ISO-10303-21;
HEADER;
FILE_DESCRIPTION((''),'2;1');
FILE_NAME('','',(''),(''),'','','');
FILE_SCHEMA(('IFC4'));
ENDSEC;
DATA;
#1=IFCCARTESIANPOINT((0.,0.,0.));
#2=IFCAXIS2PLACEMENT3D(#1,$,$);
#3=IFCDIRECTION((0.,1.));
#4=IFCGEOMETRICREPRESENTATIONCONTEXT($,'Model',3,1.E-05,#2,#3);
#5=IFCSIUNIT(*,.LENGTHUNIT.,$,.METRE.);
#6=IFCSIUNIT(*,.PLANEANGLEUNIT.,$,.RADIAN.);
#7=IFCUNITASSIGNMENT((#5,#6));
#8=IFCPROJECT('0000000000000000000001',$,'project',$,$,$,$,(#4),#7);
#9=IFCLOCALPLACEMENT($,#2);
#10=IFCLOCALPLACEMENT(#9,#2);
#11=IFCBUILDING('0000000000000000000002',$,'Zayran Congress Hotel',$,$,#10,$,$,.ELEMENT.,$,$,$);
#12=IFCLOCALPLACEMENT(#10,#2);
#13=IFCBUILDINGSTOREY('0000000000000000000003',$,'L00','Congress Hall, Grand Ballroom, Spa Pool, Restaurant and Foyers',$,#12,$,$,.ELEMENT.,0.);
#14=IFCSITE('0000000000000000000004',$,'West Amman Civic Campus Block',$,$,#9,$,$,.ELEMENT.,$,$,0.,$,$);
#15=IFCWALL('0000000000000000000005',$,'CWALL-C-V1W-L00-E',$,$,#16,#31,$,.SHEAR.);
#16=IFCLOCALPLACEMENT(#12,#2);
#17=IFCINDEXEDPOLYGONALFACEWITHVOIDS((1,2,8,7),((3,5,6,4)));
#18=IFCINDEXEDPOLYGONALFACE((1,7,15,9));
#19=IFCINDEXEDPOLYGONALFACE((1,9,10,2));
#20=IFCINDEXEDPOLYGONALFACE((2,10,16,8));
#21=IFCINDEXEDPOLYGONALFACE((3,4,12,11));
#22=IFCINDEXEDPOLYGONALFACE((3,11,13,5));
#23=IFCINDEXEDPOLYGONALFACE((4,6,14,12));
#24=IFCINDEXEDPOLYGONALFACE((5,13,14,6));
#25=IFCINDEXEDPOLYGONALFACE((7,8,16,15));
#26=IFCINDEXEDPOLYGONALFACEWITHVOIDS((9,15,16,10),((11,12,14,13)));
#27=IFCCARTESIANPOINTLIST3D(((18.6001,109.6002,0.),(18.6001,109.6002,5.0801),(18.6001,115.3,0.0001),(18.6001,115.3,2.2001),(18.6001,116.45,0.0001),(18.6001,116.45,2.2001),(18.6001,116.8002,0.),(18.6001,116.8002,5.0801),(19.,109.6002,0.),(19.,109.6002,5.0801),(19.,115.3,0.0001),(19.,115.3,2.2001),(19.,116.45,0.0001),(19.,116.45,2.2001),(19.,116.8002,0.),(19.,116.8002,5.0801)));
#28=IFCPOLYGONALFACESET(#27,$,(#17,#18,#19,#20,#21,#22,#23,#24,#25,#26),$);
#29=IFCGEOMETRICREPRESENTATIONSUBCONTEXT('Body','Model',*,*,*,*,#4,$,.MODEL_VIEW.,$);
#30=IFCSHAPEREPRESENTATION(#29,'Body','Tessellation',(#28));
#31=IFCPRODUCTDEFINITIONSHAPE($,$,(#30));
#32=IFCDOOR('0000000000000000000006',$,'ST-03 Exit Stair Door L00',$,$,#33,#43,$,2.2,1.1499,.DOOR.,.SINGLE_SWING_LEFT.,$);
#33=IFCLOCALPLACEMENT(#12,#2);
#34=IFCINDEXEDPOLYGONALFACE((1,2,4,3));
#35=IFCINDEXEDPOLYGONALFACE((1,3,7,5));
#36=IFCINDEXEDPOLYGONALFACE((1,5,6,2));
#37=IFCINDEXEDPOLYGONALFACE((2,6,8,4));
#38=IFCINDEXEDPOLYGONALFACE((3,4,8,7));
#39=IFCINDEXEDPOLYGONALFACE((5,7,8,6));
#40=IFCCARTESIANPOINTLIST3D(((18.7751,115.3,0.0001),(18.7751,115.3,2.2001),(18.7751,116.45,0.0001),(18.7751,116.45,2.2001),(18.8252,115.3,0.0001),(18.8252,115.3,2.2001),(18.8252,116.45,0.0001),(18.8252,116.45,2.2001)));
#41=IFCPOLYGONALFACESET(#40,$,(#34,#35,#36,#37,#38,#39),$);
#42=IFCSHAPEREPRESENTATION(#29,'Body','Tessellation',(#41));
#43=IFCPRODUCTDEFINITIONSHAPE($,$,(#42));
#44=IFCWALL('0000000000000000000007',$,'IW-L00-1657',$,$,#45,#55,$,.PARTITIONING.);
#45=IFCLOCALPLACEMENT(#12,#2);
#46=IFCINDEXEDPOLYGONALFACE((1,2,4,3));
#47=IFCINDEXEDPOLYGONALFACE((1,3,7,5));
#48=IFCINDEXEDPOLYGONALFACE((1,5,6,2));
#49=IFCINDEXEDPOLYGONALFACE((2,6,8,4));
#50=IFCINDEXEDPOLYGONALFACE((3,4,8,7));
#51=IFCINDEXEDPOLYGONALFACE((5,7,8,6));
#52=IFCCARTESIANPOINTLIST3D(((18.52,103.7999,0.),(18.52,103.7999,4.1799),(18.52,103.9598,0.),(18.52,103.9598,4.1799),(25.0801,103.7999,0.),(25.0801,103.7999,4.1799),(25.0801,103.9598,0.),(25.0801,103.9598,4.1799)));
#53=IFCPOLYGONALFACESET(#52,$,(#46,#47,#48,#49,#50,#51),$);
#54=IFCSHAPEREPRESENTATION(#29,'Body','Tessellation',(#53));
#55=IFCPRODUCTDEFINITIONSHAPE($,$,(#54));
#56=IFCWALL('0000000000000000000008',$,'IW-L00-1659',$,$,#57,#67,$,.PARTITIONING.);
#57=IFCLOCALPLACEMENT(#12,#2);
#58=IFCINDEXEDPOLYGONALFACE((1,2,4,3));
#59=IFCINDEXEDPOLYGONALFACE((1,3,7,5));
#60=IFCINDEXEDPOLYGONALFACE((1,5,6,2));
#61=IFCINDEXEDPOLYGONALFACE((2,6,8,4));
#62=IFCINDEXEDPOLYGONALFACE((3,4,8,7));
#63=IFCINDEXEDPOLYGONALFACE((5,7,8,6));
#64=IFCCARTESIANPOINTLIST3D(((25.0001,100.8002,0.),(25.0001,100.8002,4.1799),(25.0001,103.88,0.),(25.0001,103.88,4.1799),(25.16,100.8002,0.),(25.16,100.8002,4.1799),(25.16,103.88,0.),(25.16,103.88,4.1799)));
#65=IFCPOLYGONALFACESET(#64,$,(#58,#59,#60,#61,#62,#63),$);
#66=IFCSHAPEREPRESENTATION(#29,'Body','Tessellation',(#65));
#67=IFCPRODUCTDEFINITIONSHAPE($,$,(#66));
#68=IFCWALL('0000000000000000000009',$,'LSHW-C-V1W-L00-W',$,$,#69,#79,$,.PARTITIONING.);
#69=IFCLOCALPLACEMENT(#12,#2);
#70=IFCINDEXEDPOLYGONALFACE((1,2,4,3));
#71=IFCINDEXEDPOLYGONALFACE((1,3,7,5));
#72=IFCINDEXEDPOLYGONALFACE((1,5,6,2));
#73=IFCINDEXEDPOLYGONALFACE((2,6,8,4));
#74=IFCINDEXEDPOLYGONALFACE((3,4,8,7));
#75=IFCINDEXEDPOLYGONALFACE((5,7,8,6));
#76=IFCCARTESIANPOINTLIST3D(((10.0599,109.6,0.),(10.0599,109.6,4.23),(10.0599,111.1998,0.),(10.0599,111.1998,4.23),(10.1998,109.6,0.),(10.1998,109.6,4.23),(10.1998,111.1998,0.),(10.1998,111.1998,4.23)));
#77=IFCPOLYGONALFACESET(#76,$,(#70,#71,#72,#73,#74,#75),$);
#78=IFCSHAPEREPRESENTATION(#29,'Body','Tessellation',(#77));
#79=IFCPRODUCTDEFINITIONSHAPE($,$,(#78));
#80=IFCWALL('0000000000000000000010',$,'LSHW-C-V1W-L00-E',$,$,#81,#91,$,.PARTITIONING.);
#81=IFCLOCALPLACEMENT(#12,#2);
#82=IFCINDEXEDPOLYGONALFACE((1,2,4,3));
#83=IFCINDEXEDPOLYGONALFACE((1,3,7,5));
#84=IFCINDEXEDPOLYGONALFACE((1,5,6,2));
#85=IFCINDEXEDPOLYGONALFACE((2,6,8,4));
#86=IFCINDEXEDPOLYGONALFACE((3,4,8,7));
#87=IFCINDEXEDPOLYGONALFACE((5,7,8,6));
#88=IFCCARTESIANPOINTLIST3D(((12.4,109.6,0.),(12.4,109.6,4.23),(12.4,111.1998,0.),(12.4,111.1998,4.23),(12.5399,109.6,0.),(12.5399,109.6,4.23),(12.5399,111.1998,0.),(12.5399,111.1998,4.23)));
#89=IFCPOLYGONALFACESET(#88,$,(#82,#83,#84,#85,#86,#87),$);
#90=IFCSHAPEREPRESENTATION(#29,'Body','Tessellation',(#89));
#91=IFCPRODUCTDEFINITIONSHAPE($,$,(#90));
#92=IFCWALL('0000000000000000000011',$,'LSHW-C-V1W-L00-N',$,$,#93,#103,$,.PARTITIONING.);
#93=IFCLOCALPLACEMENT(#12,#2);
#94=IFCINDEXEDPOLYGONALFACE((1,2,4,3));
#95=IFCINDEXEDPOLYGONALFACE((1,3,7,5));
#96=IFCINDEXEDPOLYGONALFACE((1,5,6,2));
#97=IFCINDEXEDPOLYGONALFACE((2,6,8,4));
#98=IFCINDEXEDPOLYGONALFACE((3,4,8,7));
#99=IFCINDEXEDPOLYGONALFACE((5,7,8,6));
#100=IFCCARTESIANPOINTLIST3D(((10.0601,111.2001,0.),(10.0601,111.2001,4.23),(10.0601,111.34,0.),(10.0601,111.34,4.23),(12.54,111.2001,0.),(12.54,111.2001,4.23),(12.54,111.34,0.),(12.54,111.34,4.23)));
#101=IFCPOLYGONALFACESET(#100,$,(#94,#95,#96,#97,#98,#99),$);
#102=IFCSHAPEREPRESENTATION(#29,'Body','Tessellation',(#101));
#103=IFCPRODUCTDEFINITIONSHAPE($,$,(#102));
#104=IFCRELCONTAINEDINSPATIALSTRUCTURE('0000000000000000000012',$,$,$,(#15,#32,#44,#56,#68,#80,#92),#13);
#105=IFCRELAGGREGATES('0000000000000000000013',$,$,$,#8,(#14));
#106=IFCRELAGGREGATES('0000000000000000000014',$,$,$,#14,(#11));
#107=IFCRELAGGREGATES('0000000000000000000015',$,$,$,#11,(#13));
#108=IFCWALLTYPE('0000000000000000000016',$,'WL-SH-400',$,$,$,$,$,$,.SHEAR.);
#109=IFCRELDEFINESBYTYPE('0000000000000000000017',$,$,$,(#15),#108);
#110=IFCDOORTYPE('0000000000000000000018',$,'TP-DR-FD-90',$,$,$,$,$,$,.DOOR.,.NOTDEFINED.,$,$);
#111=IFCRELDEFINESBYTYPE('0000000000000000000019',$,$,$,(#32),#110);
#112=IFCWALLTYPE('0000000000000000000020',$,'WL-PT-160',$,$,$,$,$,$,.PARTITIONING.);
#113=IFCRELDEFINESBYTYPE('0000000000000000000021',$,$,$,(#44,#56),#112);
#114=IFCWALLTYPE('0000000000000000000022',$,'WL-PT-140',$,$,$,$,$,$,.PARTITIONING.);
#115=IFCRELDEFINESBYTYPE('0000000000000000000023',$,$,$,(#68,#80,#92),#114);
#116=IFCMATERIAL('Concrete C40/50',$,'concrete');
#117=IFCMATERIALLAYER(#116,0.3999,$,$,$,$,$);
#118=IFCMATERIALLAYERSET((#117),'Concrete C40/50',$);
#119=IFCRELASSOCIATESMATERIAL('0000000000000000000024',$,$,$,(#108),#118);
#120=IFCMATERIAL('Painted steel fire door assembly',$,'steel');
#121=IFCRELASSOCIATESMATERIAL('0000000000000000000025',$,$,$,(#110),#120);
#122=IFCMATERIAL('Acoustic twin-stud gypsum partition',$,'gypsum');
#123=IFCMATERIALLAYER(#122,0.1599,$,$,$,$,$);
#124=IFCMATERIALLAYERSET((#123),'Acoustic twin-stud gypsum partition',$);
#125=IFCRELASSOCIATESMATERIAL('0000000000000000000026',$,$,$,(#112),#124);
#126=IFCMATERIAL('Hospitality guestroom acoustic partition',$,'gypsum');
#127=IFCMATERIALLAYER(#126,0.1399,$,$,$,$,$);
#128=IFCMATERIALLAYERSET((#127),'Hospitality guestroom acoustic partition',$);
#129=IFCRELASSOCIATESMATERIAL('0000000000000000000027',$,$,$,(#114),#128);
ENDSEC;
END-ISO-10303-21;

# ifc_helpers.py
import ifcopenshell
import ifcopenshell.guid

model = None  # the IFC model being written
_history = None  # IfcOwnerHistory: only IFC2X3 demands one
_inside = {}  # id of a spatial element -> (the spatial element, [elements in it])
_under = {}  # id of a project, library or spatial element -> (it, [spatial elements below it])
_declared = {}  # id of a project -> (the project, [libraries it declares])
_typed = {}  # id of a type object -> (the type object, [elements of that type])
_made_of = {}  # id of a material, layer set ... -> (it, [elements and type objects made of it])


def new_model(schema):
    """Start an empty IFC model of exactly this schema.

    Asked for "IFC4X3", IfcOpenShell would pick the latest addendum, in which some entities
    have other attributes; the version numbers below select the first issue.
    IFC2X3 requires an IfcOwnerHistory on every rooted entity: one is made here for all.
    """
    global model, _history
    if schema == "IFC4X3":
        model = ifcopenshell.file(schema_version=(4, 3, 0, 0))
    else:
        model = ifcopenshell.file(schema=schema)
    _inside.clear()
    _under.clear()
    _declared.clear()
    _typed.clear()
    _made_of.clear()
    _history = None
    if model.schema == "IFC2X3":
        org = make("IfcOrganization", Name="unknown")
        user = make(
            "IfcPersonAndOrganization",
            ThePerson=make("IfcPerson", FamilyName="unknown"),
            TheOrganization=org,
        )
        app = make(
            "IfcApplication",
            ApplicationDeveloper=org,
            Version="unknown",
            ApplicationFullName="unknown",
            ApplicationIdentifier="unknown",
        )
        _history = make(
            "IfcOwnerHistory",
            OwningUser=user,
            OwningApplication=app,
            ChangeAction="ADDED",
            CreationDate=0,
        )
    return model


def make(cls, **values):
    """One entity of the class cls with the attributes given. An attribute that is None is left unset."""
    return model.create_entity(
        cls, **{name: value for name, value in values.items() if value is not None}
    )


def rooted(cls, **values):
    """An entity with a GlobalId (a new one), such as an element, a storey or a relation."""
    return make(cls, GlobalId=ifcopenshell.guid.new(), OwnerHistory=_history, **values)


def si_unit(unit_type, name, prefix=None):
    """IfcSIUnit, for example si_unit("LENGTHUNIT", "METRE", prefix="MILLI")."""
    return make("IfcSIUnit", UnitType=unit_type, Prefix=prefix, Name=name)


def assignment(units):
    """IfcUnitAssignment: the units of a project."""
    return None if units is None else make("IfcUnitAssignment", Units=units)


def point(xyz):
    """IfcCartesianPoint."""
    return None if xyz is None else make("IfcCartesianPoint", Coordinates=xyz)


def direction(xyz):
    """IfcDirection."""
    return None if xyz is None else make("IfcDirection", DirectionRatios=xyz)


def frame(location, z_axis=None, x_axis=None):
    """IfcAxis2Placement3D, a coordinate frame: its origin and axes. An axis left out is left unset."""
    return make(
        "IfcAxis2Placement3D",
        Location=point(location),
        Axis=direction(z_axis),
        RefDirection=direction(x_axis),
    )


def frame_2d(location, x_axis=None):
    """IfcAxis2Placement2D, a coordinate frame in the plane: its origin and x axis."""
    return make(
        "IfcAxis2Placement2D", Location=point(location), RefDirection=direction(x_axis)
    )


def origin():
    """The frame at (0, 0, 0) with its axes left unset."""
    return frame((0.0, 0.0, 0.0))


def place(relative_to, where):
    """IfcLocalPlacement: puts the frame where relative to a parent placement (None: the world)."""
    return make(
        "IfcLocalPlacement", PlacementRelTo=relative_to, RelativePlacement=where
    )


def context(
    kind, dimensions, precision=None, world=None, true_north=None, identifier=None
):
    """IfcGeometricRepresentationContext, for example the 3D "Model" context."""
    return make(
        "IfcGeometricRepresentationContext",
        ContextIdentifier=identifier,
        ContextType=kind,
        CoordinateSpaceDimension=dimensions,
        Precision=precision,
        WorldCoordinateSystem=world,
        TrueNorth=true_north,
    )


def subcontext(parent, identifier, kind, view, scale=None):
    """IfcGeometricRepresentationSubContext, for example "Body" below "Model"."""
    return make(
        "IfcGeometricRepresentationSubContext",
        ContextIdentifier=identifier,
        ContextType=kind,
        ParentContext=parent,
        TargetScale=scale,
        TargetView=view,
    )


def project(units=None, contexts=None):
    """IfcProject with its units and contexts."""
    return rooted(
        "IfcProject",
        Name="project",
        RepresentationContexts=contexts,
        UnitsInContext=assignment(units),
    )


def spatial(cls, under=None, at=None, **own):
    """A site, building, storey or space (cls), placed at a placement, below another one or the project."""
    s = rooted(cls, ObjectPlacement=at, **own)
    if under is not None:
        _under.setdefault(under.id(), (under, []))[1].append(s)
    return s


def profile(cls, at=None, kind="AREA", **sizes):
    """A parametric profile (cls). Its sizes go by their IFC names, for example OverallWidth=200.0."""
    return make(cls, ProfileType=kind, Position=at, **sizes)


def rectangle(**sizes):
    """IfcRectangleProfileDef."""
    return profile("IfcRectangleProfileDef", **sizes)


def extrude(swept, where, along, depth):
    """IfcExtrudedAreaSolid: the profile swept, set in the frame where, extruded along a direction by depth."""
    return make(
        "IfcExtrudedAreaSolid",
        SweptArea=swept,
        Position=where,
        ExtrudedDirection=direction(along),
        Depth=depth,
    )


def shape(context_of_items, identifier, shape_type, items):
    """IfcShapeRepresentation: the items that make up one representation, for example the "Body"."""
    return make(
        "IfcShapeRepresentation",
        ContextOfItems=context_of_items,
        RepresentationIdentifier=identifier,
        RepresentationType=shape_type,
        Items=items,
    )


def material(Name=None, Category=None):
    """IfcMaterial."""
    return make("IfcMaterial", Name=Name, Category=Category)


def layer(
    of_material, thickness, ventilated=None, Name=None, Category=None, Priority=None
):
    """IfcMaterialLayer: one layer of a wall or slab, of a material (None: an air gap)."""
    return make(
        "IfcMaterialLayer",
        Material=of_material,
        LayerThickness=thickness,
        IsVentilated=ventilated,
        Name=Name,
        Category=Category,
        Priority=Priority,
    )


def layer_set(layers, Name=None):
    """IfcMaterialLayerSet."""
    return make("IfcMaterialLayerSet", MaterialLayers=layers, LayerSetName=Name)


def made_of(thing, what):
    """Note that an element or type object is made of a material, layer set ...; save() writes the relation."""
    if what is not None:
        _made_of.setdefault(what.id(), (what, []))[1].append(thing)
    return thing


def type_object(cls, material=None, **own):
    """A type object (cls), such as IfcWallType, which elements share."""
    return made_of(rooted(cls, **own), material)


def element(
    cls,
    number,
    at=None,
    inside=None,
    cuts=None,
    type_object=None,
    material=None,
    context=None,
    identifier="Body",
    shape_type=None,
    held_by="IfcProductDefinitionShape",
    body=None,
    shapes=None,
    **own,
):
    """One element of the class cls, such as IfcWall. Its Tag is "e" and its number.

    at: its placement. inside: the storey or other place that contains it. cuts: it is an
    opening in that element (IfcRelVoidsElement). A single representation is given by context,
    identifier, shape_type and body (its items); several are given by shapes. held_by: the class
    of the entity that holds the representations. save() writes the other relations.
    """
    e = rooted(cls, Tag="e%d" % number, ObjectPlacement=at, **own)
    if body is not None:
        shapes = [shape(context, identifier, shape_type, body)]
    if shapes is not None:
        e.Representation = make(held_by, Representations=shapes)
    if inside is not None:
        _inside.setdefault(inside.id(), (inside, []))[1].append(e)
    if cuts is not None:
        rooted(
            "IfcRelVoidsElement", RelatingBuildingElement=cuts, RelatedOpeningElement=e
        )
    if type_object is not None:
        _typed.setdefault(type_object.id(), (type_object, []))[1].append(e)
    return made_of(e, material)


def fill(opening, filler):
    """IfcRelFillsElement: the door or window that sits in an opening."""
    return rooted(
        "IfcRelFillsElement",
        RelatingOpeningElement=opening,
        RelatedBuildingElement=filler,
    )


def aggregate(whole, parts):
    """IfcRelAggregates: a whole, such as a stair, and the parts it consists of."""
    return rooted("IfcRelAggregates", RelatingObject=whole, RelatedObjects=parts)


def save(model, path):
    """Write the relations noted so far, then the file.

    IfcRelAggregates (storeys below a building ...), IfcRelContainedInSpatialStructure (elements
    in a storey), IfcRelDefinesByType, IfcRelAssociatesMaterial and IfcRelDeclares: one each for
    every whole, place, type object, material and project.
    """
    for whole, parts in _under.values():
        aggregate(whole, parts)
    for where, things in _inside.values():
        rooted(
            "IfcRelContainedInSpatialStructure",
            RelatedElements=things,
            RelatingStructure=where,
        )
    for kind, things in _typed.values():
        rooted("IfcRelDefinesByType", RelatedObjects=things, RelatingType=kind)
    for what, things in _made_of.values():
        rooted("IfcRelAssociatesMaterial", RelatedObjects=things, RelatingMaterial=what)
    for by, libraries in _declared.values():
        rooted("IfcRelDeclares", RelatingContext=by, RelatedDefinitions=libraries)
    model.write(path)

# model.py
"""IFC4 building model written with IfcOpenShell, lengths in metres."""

from ifc_helpers import new_model, si_unit, direction, frame, frame_2d, origin, place, context, subcontext, project, spatial, rectangle, extrude, material, layer, layer_set, type_object, element, fill, save


model = new_model("IFC4")

# Units and contexts
model_context = context("Model", 3, precision=1e-05, world=origin(), true_north=direction((0.0, 1.0)))
body_context = subcontext(model_context, "Body", "Model", "MODEL_VIEW")
ifc_project = project(units=[si_unit("LENGTHUNIT", "METRE"), si_unit("PLANEANGLEUNIT", "RADIAN")], contexts=[model_context])

# Site, building, storey
site_placement = place(None, origin())
site = spatial("IfcSite", under=ifc_project, at=site_placement, Name="West Amman Civic Campus Block", CompositionType="ELEMENT", RefElevation=0.0)
building_placement = place(site_placement, origin())
building = spatial("IfcBuilding", under=site, at=building_placement, Name="Zayran Congress Hotel", CompositionType="ELEMENT")
storey_placement = place(building_placement, origin())
storey = spatial("IfcBuildingStorey", under=building, at=storey_placement, Name="L00", Description="Congress Hall, Grand Ballroom, Spa Pool, Restaurant and Foyers", CompositionType="ELEMENT", Elevation=0.0)

# Shared definitions
ifc_material_1 = material(Name="Concrete C40/50", Category="concrete")

# Wall, opening, door
ifc_layer_1 = layer(ifc_material_1, 0.3999)
ifc_layer_set_1 = layer_set([ifc_layer_1], Name="Concrete C40/50")
wall_type_1 = type_object("IfcWallType", Name="WL-SH-400", PredefinedType="SHEAR", material=ifc_layer_set_1)
wall_1_placement = place(storey_placement, frame((18.8, 109.6001, 0.0), z_axis=(0.0, 0.0, 1.0), x_axis=(0.0, 1.0, 0.0)))
wall_1 = element("IfcWall", 1, at=wall_1_placement, inside=storey, type_object=wall_type_1, Name="CWALL-C-V1W-L00-E", PredefinedType="SHEAR", context=body_context, shape_type="SweptSolid", body=[
    extrude(rectangle(XDim=7.2, YDim=0.3999, at=frame_2d((3.6001, 0.0))), origin(), (0.0, 0.0, 1.0), 5.0801),
])
opening_1_placement = place(wall_1_placement, frame((5.7, 0.0, 0.0)))
opening_1 = element("IfcOpeningElement", 2, at=opening_1_placement, cuts=wall_1, PredefinedType="OPENING", context=body_context, shape_type="SweptSolid", body=[
    extrude(rectangle(XDim=1.1499, YDim=2.2, at=frame_2d((0.575, 1.1001))), frame((0.0, 0.21, 0.0), z_axis=(0.0, -1.0, 0.0), x_axis=(1.0, 0.0, 0.0)), (0.0, 0.0, 1.0), 0.4199),
])
ifc_material_2 = material(Name="Painted steel fire door assembly", Category="steel")
door_type_1 = type_object("IfcDoorType", Name="TP-DR-FD-90", OperationType="NOTDEFINED", PredefinedType="DOOR", material=ifc_material_2)
door_1_placement = place(opening_1_placement, origin())
door_1 = element("IfcDoor", 3, at=door_1_placement, inside=storey, type_object=door_type_1, Name="ST-03 Exit Stair Door L00", OperationType="SINGLE_SWING_LEFT", OverallHeight=2.2, OverallWidth=1.1499, PredefinedType="DOOR", context=body_context, shape_type="SweptSolid", body=[
    extrude(rectangle(XDim=1.1499, YDim=2.2, at=frame_2d((0.575, 1.1001))), frame((0.0, 0.0249, 0.0), z_axis=(0.0, -1.0, 0.0), x_axis=(1.0, 0.0, 0.0)), (0.0, 0.0, 1.0), 0.05),
])
fill(opening_1, door_1)

# Walls
ifc_material_3 = material(Name="Acoustic twin-stud gypsum partition", Category="gypsum")
ifc_layer_2 = layer(ifc_material_3, 0.1599)
ifc_layer_set_2 = layer_set([ifc_layer_2], Name="Acoustic twin-stud gypsum partition")
wall_type_2 = type_object("IfcWallType", Name="WL-PT-160", PredefinedType="PARTITIONING", material=ifc_layer_set_2)
wall_2_placement = place(storey_placement, frame((18.52, 103.8799, 0.0), z_axis=(0.0, 0.0, 1.0), x_axis=(1.0, 0.0, 0.0)))
element("IfcWall", 4, at=wall_2_placement, inside=storey, type_object=wall_type_2, Name="IW-L00-1657", PredefinedType="PARTITIONING", context=body_context, shape_type="SweptSolid", body=[
    extrude(rectangle(XDim=6.5601, YDim=0.1599, at=frame_2d((3.28, 0.0))), origin(), (0.0, 0.0, 1.0), 4.1799),
])
wall_3_placement = place(storey_placement, frame((25.0801, 100.8, 0.0), z_axis=(0.0, 0.0, 1.0), x_axis=(0.0, 1.0, 0.0)))
element("IfcWall", 5, at=wall_3_placement, inside=storey, type_object=wall_type_2, Name="IW-L00-1659", PredefinedType="PARTITIONING", context=body_context, shape_type="SweptSolid", body=[
    extrude(rectangle(XDim=3.0798, YDim=0.1599, at=frame_2d((1.54, 0.0))), origin(), (0.0, 0.0, 1.0), 4.1799),
])
ifc_material_4 = material(Name="Hospitality guestroom acoustic partition", Category="gypsum")
ifc_layer_3 = layer(ifc_material_4, 0.1399)
ifc_layer_set_3 = layer_set([ifc_layer_3], Name="Hospitality guestroom acoustic partition")
wall_type_3 = type_object("IfcWallType", Name="WL-PT-140", PredefinedType="PARTITIONING", material=ifc_layer_set_3)
for number, where, z_axis, x_axis, name in (
    (6, (10.1299, 109.6001, 0.0), (0.0, 0.0, 1.0), (0.0, 1.0, 0.0), "LSHW-C-V1W-L00-W"),
    (7, (12.47, 109.6001, 0.0), (0.0, 0.0, 1.0), (0.0, 1.0, 0.0), "LSHW-C-V1W-L00-E"),
):
    element("IfcWall", number, at=place(storey_placement, frame(where, z_axis=z_axis, x_axis=x_axis)), inside=storey, type_object=wall_type_3, Name=name, PredefinedType="PARTITIONING", context=body_context, shape_type="SweptSolid", body=[
        extrude(rectangle(XDim=1.5999, YDim=0.1399, at=frame_2d((0.7998, 0.0))), origin(), (0.0, 0.0, 1.0), 4.23),
    ])
wall_4_placement = place(storey_placement, frame((10.0601, 111.27, 0.0), z_axis=(0.0, 0.0, 1.0), x_axis=(1.0, 0.0, 0.0)))
element("IfcWall", 8, at=wall_4_placement, inside=storey, type_object=wall_type_3, Name="LSHW-C-V1W-L00-N", PredefinedType="PARTITIONING", context=body_context, shape_type="SweptSolid", body=[
    extrude(rectangle(XDim=2.48, YDim=0.1399, at=frame_2d((1.24, 0.0))), origin(), (0.0, 0.0, 1.0), 4.23),
])

save(model, "model.ifc")
